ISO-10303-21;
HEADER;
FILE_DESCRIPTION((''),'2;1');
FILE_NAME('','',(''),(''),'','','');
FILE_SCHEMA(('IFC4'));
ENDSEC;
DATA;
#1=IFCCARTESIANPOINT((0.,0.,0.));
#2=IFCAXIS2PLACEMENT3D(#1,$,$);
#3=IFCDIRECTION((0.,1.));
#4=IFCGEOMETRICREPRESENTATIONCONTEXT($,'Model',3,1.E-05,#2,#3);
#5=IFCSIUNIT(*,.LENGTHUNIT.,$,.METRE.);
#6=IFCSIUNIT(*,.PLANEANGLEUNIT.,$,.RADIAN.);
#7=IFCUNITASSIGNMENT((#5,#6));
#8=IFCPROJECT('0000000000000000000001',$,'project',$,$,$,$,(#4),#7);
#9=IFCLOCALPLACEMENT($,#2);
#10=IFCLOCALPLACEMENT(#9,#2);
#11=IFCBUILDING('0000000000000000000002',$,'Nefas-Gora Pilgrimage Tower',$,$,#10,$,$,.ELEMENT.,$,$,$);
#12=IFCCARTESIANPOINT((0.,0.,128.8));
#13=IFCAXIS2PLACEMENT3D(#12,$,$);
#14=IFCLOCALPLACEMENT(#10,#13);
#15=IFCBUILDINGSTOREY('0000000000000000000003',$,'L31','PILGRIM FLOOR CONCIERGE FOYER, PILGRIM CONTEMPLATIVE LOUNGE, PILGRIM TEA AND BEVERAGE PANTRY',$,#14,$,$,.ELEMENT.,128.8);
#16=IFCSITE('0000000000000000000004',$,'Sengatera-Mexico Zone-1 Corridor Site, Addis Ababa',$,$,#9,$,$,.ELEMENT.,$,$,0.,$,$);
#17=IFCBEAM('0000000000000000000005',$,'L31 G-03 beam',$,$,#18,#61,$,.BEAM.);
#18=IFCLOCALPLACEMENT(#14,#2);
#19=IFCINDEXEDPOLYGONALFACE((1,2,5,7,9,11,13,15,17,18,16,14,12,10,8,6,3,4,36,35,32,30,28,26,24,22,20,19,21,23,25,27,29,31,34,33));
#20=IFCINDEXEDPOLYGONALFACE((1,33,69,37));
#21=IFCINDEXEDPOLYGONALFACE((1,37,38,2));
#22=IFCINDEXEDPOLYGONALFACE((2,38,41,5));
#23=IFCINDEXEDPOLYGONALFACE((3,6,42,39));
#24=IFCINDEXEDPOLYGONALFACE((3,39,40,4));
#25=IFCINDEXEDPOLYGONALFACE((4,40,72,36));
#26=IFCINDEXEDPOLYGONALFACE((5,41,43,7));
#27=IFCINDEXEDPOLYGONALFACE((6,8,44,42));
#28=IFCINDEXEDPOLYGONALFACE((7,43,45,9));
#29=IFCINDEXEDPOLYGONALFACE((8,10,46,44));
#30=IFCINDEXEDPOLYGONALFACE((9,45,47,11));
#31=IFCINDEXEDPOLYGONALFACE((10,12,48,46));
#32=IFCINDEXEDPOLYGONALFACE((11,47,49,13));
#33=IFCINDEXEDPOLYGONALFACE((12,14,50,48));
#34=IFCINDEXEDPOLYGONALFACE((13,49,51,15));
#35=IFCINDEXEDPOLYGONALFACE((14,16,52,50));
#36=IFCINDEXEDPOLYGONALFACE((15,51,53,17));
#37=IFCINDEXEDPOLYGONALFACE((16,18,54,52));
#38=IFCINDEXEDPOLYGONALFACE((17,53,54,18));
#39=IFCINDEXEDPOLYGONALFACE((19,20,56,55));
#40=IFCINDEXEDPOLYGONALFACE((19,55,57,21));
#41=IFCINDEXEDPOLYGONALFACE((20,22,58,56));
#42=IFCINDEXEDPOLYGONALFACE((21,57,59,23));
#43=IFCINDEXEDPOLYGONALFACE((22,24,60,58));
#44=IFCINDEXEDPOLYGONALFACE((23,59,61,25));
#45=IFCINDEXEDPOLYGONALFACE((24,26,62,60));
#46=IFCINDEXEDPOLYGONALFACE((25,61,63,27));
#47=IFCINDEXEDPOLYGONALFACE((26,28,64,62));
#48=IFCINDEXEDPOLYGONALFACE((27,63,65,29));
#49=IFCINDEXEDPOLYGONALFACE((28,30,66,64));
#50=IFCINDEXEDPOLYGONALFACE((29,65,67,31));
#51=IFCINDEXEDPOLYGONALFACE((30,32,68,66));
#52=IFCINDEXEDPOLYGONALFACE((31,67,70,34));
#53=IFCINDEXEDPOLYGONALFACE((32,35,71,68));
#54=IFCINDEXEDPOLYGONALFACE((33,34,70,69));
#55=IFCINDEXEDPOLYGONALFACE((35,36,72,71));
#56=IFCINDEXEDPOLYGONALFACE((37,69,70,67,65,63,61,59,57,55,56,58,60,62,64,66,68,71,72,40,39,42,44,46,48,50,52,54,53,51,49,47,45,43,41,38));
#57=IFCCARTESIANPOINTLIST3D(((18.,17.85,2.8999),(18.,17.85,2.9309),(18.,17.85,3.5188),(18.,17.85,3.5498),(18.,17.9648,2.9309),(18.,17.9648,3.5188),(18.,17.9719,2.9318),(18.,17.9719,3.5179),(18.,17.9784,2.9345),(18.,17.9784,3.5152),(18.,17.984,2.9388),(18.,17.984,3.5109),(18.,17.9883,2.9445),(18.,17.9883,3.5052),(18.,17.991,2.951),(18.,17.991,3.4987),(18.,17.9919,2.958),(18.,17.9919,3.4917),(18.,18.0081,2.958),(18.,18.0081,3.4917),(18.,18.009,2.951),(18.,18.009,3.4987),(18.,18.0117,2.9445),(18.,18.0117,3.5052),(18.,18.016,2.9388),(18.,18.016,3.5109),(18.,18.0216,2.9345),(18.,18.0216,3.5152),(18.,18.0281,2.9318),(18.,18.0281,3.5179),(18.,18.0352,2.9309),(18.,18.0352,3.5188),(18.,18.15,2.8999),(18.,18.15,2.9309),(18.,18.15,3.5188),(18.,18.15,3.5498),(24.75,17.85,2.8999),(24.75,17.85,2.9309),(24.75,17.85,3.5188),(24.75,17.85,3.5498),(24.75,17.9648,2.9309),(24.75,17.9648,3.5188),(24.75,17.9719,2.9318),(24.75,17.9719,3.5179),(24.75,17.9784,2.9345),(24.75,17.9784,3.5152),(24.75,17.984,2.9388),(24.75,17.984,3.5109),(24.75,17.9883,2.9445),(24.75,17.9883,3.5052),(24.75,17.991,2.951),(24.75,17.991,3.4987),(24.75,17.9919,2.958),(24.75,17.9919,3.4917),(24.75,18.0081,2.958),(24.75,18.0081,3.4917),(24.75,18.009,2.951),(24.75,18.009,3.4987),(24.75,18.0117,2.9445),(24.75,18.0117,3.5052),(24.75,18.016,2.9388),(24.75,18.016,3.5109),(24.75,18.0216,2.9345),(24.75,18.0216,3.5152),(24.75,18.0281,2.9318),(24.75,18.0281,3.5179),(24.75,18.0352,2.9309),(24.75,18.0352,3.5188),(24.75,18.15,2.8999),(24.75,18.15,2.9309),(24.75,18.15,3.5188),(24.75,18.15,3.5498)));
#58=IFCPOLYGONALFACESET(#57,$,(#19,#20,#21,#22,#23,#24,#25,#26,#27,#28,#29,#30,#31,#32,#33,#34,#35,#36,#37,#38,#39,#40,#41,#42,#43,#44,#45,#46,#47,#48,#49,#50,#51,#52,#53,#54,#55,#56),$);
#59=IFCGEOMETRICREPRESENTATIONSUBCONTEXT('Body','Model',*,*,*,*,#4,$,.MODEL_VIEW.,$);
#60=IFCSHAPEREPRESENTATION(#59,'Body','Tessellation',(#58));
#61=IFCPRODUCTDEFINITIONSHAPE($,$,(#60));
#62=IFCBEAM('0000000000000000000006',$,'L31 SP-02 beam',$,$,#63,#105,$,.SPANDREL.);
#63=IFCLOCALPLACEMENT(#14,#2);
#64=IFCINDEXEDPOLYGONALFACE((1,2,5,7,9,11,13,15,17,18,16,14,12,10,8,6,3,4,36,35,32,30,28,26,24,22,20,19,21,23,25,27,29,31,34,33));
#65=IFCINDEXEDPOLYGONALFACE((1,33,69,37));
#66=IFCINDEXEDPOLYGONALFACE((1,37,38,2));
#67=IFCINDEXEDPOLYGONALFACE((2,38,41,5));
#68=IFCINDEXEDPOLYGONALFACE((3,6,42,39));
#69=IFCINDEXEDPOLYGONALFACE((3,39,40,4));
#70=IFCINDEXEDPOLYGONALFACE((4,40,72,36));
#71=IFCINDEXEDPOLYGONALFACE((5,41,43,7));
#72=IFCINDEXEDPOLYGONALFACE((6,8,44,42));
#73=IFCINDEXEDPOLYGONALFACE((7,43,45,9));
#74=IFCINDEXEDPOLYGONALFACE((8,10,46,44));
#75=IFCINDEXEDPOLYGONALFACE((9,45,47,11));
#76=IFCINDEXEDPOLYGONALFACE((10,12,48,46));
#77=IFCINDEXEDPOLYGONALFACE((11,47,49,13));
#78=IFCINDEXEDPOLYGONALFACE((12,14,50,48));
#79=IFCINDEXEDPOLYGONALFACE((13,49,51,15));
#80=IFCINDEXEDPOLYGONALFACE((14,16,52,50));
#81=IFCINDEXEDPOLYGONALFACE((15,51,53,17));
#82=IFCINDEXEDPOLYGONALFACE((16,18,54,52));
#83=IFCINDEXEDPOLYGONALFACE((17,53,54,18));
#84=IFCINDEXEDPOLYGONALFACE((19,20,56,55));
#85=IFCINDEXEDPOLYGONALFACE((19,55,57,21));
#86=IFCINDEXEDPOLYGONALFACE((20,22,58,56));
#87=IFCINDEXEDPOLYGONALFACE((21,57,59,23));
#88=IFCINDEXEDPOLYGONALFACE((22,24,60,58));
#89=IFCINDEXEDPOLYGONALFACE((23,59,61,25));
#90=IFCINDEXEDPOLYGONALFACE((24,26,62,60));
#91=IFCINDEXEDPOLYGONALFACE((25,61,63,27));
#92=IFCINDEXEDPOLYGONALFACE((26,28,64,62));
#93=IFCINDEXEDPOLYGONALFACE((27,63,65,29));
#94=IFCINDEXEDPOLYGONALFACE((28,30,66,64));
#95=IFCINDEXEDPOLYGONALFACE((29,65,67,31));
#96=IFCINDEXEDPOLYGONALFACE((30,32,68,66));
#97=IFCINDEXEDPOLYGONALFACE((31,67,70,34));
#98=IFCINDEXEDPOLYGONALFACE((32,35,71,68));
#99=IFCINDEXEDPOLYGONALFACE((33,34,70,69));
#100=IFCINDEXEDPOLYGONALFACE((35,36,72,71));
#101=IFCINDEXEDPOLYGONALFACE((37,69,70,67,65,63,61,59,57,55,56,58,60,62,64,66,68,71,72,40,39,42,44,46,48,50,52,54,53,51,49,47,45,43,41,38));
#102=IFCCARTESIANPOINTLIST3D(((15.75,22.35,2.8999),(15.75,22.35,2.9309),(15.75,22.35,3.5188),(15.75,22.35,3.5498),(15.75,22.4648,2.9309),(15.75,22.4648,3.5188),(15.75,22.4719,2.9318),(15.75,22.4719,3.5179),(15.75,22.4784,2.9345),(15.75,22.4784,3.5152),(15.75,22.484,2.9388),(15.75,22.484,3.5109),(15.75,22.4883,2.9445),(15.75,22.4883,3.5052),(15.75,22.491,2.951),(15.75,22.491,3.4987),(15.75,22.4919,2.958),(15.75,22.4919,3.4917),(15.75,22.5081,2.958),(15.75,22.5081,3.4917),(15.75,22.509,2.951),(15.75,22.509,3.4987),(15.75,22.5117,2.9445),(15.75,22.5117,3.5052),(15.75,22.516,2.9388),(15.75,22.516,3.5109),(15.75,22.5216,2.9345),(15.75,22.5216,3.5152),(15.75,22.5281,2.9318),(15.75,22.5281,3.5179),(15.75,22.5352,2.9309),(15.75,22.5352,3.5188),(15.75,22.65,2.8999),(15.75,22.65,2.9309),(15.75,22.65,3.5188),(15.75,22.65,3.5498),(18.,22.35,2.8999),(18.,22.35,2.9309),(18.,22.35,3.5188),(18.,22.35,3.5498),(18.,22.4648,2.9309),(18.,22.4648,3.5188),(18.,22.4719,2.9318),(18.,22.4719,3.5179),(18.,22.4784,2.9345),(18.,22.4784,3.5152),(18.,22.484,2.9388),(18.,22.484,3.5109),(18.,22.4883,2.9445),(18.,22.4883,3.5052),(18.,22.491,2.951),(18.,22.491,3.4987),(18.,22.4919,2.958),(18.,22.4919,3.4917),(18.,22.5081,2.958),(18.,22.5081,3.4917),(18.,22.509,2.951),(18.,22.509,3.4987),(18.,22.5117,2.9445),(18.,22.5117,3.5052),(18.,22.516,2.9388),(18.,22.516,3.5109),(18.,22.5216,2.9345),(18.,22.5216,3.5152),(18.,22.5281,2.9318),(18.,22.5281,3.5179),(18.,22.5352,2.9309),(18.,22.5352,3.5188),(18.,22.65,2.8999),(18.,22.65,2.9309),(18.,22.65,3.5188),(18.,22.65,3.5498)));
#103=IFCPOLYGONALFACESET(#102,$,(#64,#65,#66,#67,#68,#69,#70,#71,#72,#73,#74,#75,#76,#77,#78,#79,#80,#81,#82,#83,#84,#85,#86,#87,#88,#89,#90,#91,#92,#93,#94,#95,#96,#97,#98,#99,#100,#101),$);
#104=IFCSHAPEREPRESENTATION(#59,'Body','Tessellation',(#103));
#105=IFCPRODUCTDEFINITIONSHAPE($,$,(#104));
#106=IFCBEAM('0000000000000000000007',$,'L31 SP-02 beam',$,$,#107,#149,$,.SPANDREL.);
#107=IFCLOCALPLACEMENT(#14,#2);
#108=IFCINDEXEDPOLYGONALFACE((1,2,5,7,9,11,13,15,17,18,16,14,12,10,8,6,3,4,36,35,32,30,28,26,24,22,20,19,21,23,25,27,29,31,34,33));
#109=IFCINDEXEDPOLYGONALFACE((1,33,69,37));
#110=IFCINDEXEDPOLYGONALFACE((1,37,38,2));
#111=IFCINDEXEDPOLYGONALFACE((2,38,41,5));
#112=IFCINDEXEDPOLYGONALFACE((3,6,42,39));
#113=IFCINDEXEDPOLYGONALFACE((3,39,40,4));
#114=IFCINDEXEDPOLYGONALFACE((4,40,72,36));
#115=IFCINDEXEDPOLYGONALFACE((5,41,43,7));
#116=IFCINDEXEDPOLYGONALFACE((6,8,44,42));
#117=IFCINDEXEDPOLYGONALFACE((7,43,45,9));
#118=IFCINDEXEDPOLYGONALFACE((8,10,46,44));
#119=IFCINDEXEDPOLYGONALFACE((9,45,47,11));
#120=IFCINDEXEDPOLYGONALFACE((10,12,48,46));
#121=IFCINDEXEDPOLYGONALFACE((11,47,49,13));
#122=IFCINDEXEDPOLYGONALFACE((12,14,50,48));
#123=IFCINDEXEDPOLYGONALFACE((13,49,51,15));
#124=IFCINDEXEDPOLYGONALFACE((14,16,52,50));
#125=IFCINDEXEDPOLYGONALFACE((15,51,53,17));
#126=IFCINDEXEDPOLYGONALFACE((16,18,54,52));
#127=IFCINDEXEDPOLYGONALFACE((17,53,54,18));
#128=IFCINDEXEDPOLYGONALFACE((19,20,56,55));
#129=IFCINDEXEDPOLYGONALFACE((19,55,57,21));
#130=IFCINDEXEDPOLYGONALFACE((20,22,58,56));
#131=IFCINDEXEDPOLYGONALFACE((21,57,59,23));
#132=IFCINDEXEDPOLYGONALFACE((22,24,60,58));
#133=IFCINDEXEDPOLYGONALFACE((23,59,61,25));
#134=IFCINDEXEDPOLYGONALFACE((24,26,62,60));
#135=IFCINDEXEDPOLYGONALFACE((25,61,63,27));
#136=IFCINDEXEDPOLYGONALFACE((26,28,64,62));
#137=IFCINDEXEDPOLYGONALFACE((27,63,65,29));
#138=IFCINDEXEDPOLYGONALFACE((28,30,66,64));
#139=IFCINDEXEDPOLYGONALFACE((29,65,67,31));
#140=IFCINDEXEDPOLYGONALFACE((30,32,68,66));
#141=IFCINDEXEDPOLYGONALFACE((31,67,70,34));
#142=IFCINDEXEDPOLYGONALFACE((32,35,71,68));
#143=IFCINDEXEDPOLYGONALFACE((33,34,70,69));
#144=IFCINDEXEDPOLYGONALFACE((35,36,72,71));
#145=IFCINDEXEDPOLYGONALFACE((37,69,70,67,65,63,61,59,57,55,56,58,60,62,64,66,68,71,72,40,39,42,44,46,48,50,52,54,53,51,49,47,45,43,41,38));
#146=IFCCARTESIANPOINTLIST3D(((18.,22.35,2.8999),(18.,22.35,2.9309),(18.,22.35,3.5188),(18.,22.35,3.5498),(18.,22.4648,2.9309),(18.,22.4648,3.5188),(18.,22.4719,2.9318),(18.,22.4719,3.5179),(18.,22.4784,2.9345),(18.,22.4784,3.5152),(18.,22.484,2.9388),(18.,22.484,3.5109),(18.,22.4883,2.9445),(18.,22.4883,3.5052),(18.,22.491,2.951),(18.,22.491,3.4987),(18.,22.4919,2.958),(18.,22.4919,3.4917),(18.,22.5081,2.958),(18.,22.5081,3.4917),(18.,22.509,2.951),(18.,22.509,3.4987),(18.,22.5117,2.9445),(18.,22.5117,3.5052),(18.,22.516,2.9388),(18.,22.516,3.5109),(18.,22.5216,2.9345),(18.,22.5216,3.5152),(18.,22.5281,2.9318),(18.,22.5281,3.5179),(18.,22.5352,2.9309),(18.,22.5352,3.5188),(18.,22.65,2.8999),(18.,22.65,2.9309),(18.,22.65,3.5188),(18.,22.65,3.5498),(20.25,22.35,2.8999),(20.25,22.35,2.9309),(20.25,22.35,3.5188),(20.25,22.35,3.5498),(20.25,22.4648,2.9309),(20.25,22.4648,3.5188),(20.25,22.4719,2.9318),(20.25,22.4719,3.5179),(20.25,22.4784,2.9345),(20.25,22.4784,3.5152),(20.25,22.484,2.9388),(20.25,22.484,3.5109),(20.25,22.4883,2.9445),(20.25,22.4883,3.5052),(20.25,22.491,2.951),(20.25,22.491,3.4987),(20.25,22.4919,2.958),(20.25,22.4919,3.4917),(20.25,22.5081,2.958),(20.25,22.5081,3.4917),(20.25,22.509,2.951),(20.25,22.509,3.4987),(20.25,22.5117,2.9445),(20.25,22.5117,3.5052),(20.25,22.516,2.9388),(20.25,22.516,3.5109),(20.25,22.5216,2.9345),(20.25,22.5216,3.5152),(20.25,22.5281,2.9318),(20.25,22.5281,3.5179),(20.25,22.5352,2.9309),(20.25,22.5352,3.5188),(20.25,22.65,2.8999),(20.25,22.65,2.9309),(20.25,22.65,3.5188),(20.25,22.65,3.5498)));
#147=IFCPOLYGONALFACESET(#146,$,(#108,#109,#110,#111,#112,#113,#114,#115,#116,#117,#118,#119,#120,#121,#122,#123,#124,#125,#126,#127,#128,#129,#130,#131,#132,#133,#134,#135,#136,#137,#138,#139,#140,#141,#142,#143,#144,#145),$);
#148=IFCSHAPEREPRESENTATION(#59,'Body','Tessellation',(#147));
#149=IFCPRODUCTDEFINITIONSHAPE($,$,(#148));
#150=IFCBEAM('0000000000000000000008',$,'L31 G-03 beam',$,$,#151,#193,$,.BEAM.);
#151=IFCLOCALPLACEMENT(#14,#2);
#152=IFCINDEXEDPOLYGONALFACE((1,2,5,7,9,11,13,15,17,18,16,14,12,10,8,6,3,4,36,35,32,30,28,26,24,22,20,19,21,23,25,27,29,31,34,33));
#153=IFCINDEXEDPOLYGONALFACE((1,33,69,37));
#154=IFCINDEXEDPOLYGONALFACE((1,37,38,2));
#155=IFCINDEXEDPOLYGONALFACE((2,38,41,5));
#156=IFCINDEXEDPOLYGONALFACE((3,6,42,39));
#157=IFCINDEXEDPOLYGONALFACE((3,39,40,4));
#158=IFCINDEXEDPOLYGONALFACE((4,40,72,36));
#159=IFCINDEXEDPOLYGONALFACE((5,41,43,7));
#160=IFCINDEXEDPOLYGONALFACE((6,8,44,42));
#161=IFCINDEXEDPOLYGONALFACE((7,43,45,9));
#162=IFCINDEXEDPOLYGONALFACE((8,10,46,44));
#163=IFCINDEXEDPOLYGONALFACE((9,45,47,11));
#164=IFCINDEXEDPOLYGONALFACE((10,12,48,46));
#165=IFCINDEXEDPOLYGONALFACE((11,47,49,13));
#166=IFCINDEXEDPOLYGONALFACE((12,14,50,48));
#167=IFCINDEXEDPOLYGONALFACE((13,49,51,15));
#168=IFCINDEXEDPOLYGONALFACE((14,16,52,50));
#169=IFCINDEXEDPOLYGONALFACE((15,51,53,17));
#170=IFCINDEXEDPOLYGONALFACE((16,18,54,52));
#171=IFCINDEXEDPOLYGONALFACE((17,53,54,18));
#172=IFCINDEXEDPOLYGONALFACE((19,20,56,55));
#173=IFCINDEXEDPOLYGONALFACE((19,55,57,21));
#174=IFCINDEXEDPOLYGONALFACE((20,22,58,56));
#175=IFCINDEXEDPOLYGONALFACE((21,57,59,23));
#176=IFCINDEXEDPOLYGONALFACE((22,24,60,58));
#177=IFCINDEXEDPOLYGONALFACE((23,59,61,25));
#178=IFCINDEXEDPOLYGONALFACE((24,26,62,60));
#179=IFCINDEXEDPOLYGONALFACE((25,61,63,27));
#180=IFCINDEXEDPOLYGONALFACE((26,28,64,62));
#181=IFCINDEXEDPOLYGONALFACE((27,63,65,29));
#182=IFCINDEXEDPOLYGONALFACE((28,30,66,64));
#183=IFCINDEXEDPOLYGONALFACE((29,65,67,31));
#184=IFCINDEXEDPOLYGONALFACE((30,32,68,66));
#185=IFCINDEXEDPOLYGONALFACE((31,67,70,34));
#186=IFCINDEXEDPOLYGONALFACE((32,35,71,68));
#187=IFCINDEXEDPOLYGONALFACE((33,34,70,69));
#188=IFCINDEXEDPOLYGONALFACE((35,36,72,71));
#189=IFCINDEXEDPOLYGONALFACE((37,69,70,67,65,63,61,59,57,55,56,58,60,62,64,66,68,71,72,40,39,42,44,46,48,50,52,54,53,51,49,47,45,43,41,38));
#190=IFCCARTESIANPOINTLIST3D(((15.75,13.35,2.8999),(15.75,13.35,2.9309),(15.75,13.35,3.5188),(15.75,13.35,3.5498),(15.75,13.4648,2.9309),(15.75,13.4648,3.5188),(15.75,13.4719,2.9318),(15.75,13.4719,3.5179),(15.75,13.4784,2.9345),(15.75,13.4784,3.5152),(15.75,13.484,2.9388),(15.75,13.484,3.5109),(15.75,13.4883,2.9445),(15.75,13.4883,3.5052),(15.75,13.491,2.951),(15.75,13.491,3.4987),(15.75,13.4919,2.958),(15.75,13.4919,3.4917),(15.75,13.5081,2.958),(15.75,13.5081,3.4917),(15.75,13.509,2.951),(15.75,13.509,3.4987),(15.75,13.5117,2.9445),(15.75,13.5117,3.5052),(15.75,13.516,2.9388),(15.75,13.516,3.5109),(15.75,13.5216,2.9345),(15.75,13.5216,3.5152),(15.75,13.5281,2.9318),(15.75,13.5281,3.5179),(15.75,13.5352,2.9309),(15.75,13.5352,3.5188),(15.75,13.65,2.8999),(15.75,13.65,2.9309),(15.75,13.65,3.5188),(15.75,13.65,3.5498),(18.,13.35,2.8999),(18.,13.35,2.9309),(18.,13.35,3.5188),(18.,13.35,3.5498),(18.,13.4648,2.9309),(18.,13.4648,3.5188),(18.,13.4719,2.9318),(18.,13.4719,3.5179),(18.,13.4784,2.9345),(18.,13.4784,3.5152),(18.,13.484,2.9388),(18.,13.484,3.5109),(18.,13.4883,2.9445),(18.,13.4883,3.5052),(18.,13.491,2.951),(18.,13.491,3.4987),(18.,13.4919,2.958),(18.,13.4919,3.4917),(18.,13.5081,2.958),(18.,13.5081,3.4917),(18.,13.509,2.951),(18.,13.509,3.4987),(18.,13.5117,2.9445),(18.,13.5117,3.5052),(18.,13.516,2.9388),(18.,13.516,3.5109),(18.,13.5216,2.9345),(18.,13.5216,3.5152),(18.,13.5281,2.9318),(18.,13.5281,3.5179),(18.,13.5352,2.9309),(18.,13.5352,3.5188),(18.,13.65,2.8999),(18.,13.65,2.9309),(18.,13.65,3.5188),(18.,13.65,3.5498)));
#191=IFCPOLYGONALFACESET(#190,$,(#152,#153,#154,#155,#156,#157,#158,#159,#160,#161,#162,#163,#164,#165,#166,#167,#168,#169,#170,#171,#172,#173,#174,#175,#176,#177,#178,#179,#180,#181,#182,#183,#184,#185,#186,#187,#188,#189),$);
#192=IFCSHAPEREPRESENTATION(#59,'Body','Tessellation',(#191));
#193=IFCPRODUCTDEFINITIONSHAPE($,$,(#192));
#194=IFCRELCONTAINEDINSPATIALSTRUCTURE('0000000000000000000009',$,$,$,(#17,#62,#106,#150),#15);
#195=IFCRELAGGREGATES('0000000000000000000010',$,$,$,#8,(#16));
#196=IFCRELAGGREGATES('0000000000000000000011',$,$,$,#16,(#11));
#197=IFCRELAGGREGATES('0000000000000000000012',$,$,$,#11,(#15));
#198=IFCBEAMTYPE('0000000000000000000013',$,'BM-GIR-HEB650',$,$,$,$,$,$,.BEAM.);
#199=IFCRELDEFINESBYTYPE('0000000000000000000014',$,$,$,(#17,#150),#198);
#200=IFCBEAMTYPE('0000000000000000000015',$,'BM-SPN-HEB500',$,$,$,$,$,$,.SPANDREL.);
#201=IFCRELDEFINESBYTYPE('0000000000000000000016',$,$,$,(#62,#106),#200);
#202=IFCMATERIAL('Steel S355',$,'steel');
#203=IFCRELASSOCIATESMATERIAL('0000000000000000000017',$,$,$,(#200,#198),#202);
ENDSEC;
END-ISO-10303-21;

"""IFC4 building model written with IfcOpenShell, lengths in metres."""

from ifc_helpers import new_model, si_unit, direction, frame, origin, origin_2d, place, context, subcontext, project, spatial, i_section, extrude, source, transform, mapped, material, material_profile, profile_set, type_object, element, save


model = new_model("IFC4")

# Units and contexts
model_context = context("Model", 3, precision=1e-05, world=origin(), true_north=direction((0.0, 1.0)))
body_context = subcontext(model_context, "Body", "Model", "MODEL_VIEW")
ifc_project = project(units=[si_unit("LENGTHUNIT", "METRE"), si_unit("PLANEANGLEUNIT", "RADIAN")], contexts=[model_context])

# Site, building, storey
site_placement = place(None, origin())
site = spatial("IfcSite", under=ifc_project, at=site_placement, Name="Sengatera-Mexico Zone-1 Corridor Site, Addis Ababa", CompositionType="ELEMENT", RefElevation=0.0)
building_placement = place(site_placement, origin())
building = spatial("IfcBuilding", under=site, at=building_placement, Name="Nefas-Gora Pilgrimage Tower", CompositionType="ELEMENT")
storey_placement = place(building_placement, frame((0.0, 0.0, 128.8)))
storey = spatial("IfcBuildingStorey", under=building, at=storey_placement, Name="L31", Description="PILGRIM FLOOR CONCIERGE FOYER, PILGRIM CONTEMPLATIVE LOUNGE, PILGRIM TEA AND BEVERAGE PANTRY", CompositionType="ELEMENT", Elevation=128.8)

# Beams
ifc_material_1 = material(Name="Steel S355", Category="steel")
ifc_material_profile_1 = material_profile(ifc_material_1, i_section(OverallWidth=0.3, OverallDepth=0.6499, WebThickness=0.0161, FlangeThickness=0.031, FilletRadius=0.0271, at=origin_2d()), Name="HEB 650")
ifc_profile_set_1 = profile_set([ifc_material_profile_1], Name="Steel S355")
beam_type_1 = type_object("IfcBeamType", Name="BM-SPN-HEB500", PredefinedType="SPANDREL", material=ifc_profile_set_1)
ifc_material_profile_2 = material_profile(ifc_material_1, i_section(OverallWidth=0.3, OverallDepth=0.6499, WebThickness=0.0161, FlangeThickness=0.031, FilletRadius=0.0271, at=origin_2d()), Name="HEB 650")
ifc_profile_set_2 = profile_set([ifc_material_profile_2], Name="Steel S355")
beam_type_2 = type_object("IfcBeamType", Name="BM-GIR-HEB650", PredefinedType="BEAM", material=ifc_profile_set_2)
shared_shape_1 = source(origin(), body_context, "Body", "SweptSolid", [
    extrude(i_section(OverallWidth=0.3, OverallDepth=0.6499, WebThickness=0.0161, FlangeThickness=0.031, FilletRadius=0.0271, at=origin_2d()), origin(), (0.0, 0.0, 1.0), 6.75),
])
for number, where, z_axis, x_axis, name in (
    (1, (18.0, 18.0, 3.2249), (1.0, 0.0, 0.0), (0.0, 1.0, 0.0), "L31 G-03 beam"),
):
    element("IfcBeam", number, at=place(storey_placement, frame(where, z_axis=z_axis, x_axis=x_axis)), inside=storey, type_object=beam_type_2, Name=name, PredefinedType="BEAM", context=body_context, shape_type="MappedRepresentation", body=[
        mapped(shared_shape_1, transform((0.0, 0.0, 0.0), x_axis=(1.0, 0.0, 0.0), y_axis=(0.0, 1.0, 0.0), z_axis=(0.0, 0.0, 1.0), scale=1.0)),
    ])
shared_shape_2 = source(origin(), body_context, "Body", "SweptSolid", [
    extrude(i_section(OverallWidth=0.3, OverallDepth=0.6499, WebThickness=0.0161, FlangeThickness=0.031, FilletRadius=0.0271, at=origin_2d()), origin(), (0.0, 0.0, 1.0), 2.25),
])
for number, where, z_axis, x_axis, name in (
    (2, (15.75, 22.5, 3.2249), (1.0, 0.0, 0.0), (0.0, 1.0, 0.0), "L31 SP-02 beam"),
    (3, (18.0, 22.5, 3.2249), (1.0, 0.0, 0.0), (0.0, 1.0, 0.0), "L31 SP-02 beam"),
):
    element("IfcBeam", number, at=place(storey_placement, frame(where, z_axis=z_axis, x_axis=x_axis)), inside=storey, type_object=beam_type_1, Name=name, PredefinedType="SPANDREL", context=body_context, shape_type="MappedRepresentation", body=[
        mapped(shared_shape_2, transform((0.0, 0.0, 0.0), x_axis=(1.0, 0.0, 0.0), y_axis=(0.0, 1.0, 0.0), z_axis=(0.0, 0.0, 1.0), scale=1.0)),
    ])
shared_shape_3 = source(origin(), body_context, "Body", "SweptSolid", [
    extrude(i_section(OverallWidth=0.3, OverallDepth=0.6499, WebThickness=0.0161, FlangeThickness=0.031, FilletRadius=0.0271, at=origin_2d()), origin(), (0.0, 0.0, 1.0), 2.25),
])
beam_1_placement = place(storey_placement, frame((15.75, 13.5, 3.2249), z_axis=(1.0, 0.0, 0.0), x_axis=(0.0, 1.0, 0.0)))
element("IfcBeam", 4, at=beam_1_placement, inside=storey, type_object=beam_type_2, Name="L31 G-03 beam", PredefinedType="BEAM", context=body_context, shape_type="MappedRepresentation", body=[
    mapped(shared_shape_3, transform((0.0, 0.0, 0.0), x_axis=(1.0, 0.0, 0.0), y_axis=(0.0, 1.0, 0.0), z_axis=(0.0, 0.0, 1.0), scale=1.0)),
])

save(model, "model.ifc")
